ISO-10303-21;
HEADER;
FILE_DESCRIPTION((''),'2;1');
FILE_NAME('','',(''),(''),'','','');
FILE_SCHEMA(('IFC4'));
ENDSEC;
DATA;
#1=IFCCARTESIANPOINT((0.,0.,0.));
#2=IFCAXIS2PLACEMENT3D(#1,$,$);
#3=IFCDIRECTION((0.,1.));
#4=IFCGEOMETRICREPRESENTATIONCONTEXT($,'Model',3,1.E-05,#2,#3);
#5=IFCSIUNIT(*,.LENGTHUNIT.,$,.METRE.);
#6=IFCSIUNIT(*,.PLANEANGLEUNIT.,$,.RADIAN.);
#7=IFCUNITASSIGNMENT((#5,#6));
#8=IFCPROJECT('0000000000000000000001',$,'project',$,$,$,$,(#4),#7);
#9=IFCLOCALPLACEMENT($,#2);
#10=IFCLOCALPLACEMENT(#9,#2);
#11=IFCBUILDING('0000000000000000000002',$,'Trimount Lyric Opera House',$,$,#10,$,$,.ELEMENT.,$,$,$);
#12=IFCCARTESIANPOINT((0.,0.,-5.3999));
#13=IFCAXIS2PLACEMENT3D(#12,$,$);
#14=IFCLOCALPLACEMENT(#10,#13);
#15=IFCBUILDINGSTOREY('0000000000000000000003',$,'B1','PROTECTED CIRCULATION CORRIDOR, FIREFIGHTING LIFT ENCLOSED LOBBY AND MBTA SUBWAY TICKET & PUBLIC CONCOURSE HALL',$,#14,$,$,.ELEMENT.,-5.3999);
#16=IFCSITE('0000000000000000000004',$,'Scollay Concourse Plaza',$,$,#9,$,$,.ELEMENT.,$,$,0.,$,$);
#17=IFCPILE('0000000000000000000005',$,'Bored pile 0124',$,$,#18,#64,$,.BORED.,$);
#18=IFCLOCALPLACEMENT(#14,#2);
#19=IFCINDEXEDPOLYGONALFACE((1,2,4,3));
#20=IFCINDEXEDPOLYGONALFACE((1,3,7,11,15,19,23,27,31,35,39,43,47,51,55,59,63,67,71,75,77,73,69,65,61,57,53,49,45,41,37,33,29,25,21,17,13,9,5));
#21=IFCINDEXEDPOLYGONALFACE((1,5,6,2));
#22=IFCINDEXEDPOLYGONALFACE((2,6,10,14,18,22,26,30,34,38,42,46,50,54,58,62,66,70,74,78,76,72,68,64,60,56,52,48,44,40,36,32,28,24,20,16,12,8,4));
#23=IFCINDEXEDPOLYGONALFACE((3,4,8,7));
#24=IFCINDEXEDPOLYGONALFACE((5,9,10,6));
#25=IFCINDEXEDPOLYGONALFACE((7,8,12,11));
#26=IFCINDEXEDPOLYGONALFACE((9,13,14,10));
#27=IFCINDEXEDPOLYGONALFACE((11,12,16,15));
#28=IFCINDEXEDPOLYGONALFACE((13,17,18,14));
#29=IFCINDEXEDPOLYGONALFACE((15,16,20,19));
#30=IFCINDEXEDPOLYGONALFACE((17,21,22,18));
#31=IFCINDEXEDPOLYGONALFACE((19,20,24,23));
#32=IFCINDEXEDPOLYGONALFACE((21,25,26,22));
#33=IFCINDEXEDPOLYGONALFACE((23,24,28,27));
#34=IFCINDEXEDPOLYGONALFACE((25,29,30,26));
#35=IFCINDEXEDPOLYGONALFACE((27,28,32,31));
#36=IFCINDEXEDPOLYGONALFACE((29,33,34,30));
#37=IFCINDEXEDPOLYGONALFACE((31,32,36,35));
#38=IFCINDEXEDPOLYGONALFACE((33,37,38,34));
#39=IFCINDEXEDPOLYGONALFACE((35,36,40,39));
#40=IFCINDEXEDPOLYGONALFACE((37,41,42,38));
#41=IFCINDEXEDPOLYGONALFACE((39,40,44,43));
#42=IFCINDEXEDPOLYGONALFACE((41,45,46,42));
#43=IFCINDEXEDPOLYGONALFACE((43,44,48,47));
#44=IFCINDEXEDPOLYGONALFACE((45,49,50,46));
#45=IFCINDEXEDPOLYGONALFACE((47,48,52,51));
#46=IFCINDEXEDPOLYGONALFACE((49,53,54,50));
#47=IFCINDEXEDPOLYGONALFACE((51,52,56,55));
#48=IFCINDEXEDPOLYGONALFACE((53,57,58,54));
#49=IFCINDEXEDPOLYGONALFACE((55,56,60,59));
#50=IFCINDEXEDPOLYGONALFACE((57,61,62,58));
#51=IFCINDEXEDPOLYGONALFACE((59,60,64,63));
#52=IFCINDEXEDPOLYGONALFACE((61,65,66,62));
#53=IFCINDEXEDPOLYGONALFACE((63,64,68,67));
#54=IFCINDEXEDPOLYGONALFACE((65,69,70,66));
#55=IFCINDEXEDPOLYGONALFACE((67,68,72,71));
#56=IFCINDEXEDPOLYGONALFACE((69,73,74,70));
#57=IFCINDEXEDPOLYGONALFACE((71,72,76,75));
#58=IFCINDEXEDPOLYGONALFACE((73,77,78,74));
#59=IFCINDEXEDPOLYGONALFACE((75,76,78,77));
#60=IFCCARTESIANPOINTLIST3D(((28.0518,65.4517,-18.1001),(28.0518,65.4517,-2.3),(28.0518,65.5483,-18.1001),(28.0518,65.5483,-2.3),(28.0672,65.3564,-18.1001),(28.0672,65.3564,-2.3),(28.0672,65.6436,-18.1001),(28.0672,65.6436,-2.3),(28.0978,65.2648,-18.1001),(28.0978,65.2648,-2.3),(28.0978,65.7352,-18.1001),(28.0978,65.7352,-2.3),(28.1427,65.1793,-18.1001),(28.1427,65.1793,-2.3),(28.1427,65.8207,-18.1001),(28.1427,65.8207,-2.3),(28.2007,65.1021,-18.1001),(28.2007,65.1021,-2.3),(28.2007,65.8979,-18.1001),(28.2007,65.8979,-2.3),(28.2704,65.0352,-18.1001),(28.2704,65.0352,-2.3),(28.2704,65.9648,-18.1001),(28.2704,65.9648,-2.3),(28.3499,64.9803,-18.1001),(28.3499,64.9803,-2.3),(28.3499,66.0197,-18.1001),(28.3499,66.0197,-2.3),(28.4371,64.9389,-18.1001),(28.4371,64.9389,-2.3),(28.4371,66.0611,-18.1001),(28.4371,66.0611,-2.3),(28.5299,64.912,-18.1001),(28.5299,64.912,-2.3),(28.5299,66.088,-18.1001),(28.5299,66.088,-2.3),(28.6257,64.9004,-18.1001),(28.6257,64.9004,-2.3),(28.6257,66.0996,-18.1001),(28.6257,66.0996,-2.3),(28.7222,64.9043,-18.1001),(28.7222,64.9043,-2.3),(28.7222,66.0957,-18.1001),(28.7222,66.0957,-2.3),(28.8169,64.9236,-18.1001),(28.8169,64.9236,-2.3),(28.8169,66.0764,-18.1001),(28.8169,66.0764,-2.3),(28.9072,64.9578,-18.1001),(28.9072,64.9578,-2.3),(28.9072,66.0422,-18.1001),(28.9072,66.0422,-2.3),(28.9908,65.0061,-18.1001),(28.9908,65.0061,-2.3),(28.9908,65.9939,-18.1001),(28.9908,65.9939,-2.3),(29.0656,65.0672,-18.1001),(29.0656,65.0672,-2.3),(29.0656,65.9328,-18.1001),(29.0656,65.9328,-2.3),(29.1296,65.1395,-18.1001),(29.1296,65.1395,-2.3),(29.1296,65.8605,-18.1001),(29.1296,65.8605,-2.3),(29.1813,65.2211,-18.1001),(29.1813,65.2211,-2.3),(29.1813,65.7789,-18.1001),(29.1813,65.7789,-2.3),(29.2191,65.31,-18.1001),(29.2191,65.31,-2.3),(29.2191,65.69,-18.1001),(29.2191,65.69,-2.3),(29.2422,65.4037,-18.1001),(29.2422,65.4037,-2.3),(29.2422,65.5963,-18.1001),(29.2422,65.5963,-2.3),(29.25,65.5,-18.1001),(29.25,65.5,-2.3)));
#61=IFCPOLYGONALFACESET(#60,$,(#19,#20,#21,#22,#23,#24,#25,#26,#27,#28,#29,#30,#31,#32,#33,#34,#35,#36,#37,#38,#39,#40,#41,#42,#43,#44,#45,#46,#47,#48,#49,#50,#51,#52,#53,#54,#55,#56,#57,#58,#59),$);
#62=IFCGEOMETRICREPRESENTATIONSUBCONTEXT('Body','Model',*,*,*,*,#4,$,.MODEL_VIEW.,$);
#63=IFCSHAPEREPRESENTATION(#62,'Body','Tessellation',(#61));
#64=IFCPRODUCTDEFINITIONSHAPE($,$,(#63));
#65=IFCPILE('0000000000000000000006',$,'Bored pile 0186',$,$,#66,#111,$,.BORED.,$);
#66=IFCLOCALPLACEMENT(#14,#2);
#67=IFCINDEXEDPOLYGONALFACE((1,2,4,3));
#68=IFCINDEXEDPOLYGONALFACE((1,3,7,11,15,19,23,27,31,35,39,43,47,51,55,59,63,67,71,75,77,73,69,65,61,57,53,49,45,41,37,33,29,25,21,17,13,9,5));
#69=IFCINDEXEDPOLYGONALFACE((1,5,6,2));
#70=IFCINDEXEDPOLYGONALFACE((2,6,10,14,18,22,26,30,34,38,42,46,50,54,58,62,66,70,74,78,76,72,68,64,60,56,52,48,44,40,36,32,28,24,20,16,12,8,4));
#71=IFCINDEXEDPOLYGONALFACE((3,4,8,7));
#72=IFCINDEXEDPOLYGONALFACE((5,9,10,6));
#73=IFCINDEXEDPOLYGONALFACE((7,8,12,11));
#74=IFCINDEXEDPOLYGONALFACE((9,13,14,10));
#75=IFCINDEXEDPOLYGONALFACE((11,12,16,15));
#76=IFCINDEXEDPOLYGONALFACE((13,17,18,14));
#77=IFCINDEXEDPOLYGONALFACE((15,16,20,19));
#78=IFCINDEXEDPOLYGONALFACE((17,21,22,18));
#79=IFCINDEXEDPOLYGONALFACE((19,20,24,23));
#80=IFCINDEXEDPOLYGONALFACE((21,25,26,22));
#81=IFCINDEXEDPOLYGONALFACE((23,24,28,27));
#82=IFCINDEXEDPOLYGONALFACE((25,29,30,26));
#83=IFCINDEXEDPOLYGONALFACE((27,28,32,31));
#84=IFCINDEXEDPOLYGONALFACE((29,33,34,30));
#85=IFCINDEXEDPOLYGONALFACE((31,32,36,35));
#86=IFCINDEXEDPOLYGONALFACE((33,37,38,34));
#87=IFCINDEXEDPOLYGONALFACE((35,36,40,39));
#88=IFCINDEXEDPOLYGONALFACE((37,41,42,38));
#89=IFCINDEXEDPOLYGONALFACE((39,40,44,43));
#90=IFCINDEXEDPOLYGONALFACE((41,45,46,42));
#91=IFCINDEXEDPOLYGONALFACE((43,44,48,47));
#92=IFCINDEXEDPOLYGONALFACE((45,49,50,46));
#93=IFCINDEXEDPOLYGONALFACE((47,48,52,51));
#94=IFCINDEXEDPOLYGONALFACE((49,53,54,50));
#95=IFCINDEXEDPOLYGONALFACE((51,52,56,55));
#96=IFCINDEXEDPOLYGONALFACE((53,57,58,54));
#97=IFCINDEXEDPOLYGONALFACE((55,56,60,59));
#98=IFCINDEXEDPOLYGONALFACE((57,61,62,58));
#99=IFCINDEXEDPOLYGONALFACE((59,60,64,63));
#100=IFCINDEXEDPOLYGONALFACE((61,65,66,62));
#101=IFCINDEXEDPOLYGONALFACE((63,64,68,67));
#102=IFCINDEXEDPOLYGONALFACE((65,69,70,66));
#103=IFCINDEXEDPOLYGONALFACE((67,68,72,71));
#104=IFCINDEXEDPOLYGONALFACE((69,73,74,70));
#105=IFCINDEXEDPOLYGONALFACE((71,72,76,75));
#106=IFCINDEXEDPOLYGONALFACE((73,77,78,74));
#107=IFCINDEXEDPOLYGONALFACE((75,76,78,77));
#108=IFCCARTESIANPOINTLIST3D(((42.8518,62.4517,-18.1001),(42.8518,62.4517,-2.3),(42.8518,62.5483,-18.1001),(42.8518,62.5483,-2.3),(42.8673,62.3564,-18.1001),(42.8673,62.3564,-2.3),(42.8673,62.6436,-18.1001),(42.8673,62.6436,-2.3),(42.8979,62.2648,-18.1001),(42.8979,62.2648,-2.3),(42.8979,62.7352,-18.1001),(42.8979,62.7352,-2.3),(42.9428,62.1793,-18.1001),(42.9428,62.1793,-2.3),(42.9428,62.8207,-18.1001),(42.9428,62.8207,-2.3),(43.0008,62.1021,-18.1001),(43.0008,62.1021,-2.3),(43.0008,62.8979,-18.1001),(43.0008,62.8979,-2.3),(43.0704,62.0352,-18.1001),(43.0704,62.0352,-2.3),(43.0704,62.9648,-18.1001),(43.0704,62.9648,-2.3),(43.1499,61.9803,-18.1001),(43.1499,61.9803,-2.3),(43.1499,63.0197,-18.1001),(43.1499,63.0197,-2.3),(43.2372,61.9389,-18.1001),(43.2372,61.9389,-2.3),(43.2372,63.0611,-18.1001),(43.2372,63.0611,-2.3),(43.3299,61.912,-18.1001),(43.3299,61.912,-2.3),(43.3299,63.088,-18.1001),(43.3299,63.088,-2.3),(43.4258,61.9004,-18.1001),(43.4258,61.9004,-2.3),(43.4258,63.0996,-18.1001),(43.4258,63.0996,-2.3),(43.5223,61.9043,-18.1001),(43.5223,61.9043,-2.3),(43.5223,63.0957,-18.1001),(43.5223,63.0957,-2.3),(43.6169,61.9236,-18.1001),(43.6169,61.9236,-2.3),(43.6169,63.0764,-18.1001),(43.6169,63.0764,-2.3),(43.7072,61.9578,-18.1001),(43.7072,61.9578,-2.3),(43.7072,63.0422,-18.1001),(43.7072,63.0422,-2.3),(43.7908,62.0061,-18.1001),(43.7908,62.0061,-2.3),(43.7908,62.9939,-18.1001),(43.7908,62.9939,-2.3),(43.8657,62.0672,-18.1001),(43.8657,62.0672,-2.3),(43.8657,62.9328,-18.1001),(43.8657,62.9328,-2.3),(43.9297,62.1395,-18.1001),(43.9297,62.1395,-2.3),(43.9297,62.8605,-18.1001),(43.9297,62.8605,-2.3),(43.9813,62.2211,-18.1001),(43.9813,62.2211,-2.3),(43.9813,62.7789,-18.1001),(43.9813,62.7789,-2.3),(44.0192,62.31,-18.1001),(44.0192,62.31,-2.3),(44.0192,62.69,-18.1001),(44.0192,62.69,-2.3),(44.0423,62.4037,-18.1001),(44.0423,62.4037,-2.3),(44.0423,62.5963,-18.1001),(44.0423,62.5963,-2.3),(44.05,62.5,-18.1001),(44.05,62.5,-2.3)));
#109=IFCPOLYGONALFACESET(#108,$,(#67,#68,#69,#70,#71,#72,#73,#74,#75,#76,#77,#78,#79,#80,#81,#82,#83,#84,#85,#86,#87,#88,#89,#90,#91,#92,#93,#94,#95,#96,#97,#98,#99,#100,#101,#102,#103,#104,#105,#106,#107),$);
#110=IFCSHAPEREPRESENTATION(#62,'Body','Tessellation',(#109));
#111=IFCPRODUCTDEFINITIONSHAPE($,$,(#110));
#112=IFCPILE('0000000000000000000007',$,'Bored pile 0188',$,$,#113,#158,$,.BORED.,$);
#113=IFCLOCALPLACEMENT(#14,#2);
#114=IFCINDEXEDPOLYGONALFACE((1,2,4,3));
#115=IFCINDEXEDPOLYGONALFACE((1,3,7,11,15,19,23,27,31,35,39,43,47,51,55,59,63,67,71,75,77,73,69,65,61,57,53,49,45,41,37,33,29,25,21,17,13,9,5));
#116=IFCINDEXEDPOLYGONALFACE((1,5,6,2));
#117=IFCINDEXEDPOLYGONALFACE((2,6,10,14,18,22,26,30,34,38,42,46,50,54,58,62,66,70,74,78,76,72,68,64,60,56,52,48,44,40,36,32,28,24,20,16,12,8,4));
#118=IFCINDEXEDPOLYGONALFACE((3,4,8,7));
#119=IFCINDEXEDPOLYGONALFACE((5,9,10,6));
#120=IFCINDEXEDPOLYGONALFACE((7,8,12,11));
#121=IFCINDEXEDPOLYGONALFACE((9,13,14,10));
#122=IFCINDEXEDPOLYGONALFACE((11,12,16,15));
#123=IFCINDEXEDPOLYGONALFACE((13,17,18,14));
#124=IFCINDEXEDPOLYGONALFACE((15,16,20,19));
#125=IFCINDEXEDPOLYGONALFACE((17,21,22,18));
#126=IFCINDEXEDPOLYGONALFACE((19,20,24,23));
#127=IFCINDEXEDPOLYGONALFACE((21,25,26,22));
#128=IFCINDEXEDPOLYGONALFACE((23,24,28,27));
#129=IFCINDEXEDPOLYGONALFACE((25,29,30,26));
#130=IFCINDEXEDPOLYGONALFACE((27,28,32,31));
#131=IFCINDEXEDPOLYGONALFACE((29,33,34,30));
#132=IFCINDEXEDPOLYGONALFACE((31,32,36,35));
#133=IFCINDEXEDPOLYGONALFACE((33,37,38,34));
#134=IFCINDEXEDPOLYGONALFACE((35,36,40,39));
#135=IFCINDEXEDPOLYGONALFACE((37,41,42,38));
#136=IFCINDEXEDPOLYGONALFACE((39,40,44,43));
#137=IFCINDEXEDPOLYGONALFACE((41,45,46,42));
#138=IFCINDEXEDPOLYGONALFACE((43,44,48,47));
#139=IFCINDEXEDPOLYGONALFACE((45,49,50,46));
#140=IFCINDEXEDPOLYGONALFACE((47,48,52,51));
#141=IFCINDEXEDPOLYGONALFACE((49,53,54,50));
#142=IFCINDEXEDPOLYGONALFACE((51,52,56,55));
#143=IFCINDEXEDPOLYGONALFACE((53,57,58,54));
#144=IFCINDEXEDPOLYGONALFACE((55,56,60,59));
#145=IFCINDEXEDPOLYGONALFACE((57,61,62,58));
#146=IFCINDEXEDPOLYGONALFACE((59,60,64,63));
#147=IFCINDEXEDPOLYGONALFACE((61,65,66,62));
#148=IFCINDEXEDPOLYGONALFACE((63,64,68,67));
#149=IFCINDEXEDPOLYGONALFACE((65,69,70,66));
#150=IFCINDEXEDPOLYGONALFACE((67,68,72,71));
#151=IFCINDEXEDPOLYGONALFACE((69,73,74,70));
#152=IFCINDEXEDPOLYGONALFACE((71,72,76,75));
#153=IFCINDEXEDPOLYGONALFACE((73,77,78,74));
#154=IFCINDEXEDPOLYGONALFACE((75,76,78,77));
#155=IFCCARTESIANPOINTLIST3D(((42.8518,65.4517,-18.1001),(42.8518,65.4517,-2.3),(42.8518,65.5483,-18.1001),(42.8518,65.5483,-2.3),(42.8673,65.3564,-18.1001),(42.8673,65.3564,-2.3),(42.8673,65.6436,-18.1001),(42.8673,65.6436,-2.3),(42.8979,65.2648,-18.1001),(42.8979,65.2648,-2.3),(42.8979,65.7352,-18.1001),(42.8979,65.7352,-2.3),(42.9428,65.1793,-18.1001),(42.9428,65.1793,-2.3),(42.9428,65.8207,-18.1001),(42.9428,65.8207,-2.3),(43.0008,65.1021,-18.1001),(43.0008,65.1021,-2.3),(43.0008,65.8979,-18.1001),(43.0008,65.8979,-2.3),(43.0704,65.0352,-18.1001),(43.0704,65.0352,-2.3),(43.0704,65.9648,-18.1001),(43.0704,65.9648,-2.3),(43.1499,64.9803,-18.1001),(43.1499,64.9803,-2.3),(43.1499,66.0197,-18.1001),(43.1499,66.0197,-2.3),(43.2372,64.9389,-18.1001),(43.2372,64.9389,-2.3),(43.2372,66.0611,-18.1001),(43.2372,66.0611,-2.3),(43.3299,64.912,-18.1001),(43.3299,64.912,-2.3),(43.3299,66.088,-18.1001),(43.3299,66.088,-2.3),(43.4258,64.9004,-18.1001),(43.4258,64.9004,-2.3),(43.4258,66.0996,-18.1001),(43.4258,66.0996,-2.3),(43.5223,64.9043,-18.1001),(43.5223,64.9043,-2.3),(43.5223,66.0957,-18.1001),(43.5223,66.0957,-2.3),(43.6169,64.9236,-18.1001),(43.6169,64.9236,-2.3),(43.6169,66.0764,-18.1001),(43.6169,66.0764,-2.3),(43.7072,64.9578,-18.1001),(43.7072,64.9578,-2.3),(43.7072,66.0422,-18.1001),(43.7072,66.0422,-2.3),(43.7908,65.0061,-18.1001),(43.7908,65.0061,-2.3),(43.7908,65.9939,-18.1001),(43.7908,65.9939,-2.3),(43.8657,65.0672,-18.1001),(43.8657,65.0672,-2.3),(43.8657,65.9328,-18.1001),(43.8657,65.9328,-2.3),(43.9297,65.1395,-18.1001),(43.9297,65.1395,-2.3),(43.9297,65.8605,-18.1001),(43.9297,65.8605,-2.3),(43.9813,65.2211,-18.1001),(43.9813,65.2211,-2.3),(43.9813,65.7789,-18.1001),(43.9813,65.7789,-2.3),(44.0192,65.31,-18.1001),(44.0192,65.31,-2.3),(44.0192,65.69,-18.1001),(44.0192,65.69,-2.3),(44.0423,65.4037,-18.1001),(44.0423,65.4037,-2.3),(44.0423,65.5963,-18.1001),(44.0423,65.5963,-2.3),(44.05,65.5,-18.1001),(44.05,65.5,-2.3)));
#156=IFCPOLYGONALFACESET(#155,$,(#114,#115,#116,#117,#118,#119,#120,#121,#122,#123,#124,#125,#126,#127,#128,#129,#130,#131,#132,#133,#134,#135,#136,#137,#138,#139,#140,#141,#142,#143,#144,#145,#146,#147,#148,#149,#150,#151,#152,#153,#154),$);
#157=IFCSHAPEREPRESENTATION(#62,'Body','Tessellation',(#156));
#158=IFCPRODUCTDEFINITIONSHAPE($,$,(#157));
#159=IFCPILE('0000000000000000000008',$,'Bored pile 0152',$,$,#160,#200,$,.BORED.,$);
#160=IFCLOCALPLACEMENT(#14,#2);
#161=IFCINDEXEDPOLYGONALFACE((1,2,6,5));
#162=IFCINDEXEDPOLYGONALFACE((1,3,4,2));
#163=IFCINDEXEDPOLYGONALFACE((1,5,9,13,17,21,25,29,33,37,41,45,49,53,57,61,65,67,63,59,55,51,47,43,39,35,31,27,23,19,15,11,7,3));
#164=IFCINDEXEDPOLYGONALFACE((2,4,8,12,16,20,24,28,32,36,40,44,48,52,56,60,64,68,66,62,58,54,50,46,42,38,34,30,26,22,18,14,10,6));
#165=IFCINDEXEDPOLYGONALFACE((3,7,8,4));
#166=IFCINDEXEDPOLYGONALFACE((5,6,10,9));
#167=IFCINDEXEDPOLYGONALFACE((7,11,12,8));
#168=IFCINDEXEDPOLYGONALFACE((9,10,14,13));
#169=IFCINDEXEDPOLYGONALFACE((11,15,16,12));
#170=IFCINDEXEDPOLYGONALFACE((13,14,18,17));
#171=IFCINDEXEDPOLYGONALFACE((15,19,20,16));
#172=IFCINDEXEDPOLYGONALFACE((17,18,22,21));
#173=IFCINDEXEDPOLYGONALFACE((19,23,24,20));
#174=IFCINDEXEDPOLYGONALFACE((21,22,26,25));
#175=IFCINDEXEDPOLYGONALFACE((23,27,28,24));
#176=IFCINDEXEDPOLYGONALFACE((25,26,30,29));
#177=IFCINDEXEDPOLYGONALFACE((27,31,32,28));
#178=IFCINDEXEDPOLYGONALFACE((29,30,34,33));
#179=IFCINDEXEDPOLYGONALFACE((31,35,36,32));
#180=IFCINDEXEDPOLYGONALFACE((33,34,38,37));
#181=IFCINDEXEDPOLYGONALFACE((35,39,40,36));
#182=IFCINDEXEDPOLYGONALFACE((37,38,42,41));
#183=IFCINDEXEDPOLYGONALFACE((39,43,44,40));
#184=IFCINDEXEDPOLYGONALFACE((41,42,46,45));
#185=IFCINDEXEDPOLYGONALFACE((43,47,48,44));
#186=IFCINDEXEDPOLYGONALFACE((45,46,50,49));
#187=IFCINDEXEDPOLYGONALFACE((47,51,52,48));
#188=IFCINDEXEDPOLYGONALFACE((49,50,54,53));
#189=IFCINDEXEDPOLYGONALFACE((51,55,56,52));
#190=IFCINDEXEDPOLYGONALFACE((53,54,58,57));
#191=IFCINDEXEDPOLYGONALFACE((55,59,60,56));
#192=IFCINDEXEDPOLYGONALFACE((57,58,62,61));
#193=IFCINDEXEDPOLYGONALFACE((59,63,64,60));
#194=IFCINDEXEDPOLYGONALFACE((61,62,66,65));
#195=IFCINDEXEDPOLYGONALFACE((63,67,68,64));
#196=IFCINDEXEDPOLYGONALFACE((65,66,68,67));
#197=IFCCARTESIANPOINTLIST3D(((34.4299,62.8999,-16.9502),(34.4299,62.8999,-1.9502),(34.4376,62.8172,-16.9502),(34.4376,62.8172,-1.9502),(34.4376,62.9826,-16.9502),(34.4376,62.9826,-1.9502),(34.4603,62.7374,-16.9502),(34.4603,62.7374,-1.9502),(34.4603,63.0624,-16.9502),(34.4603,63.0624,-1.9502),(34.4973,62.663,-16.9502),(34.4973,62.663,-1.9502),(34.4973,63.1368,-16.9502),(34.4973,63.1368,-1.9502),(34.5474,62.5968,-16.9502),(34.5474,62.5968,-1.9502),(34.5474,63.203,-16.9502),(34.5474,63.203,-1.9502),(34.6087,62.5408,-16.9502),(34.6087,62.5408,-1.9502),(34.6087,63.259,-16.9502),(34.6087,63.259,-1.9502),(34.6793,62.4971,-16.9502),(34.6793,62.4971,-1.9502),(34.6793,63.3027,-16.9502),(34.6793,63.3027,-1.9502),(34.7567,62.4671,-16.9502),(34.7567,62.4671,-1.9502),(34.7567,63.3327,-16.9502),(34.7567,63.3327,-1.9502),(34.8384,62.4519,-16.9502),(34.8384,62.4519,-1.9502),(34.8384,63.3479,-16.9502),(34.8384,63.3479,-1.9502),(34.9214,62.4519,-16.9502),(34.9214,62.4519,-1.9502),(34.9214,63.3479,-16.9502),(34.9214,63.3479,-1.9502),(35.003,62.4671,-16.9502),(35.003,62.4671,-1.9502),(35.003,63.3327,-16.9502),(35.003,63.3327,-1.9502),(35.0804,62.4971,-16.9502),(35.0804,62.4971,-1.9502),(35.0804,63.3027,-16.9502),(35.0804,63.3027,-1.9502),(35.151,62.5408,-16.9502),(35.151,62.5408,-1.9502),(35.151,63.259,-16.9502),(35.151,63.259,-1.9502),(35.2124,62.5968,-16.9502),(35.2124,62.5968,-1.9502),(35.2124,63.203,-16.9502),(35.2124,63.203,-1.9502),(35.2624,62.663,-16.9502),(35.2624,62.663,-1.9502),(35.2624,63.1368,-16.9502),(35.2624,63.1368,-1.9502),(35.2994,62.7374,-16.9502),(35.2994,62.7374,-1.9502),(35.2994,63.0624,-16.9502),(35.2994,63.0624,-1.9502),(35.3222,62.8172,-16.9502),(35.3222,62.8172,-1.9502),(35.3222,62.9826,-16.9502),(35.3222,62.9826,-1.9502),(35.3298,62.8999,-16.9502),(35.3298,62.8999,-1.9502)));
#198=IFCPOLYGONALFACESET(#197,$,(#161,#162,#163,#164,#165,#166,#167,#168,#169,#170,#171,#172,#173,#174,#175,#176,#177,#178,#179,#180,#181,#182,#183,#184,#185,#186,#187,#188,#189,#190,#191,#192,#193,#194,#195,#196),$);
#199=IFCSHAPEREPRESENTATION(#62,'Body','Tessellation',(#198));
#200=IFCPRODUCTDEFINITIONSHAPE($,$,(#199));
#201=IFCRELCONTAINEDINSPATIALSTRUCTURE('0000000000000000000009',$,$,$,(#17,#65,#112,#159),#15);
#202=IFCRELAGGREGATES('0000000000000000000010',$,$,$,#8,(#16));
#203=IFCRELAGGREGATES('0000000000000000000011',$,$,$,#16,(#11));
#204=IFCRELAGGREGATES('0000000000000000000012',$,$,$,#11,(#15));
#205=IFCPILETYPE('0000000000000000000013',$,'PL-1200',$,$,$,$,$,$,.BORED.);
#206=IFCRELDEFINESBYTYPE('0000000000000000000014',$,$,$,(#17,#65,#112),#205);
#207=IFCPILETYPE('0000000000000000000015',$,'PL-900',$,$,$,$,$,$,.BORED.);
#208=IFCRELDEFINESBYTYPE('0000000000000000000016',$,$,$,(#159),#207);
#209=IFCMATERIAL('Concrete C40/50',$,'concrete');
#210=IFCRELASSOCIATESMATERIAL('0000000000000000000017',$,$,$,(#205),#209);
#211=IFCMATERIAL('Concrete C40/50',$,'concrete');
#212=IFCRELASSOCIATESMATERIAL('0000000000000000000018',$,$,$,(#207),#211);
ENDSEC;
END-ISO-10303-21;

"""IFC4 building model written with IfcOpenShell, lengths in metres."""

from ifc_helpers import new_model, si_unit, direction, frame, origin, origin_2d, place, context, subcontext, project, spatial, circle, extrude, material, material_profile, profile_set, type_object, element, save


model = new_model("IFC4")

# Units and contexts
model_context = context("Model", 3, precision=1e-05, world=origin(), true_north=direction((0.0, 1.0)))
body_context = subcontext(model_context, "Body", "Model", "MODEL_VIEW")
ifc_project = project(units=[si_unit("LENGTHUNIT", "METRE"), si_unit("PLANEANGLEUNIT", "RADIAN")], contexts=[model_context])

# Site, building, storey
site_placement = place(None, origin())
site = spatial("IfcSite", under=ifc_project, at=site_placement, Name="Scollay Concourse Plaza", CompositionType="ELEMENT", RefElevation=0.0)
building_placement = place(site_placement, origin())
building = spatial("IfcBuilding", under=site, at=building_placement, Name="Trimount Lyric Opera House", CompositionType="ELEMENT")
storey_placement = place(building_placement, frame((0.0, 0.0, -5.3999)))
storey = spatial("IfcBuildingStorey", under=building, at=storey_placement, Name="B1", Description="PROTECTED CIRCULATION CORRIDOR, FIREFIGHTING LIFT ENCLOSED LOBBY AND MBTA SUBWAY TICKET & PUBLIC CONCOURSE HALL", CompositionType="ELEMENT", Elevation=-5.3999)

# Piles
ifc_material_1 = material(Name="Concrete C40/50", Category="concrete")
ifc_material_profile_1 = material_profile(ifc_material_1, circle(Radius=0.6001, at=origin_2d()), Name="PILE-D1200")
ifc_profile_set_1 = profile_set([ifc_material_profile_1], Name="Concrete C40/50")
pile_type_1 = type_object("IfcPileType", Name="PL-1200", PredefinedType="BORED", material=ifc_profile_set_1)
for number, where, z_axis, x_axis, name in (
    (1, (28.6499, 65.5, -2.3), (0.0, 0.0, -1.0), (1.0, 0.0, 0.0), "Bored pile 0124"),
    (2, (43.45, 62.5, -2.3), (0.0, 0.0, -1.0), (1.0, 0.0, 0.0), "Bored pile 0186"),
    (3, (43.45, 65.5, -2.3), (0.0, 0.0, -1.0), (1.0, 0.0, 0.0), "Bored pile 0188"),
):
    element("IfcPile", number, at=place(storey_placement, frame(where, z_axis=z_axis, x_axis=x_axis)), inside=storey, type_object=pile_type_1, Name=name, PredefinedType="BORED", context=body_context, shape_type="SweptSolid", body=[
        extrude(circle(Radius=0.6001, at=origin_2d()), origin(), (0.0, 0.0, 1.0), 15.8),
    ])
ifc_material_2 = material(Name="Concrete C40/50", Category="concrete")
ifc_material_profile_2 = material_profile(ifc_material_2, circle(Radius=0.45, at=origin_2d()), Name="PILE-D900")
ifc_profile_set_2 = profile_set([ifc_material_profile_2], Name="Concrete C40/50")
pile_type_2 = type_object("IfcPileType", Name="PL-900", PredefinedType="BORED", material=ifc_profile_set_2)
for number, where, z_axis, x_axis, name in (
    (4, (34.8799, 62.8999, -1.9502), (0.0, 0.0, -1.0), (1.0, 0.0, 0.0), "Bored pile 0152"),
):
    element("IfcPile", number, at=place(storey_placement, frame(where, z_axis=z_axis, x_axis=x_axis)), inside=storey, type_object=pile_type_2, Name=name, PredefinedType="BORED", context=body_context, shape_type="SweptSolid", body=[
        extrude(circle(Radius=0.45, at=origin_2d()), origin(), (0.0, 0.0, 1.0), 15.0),
    ])

save(model, "model.ifc")
